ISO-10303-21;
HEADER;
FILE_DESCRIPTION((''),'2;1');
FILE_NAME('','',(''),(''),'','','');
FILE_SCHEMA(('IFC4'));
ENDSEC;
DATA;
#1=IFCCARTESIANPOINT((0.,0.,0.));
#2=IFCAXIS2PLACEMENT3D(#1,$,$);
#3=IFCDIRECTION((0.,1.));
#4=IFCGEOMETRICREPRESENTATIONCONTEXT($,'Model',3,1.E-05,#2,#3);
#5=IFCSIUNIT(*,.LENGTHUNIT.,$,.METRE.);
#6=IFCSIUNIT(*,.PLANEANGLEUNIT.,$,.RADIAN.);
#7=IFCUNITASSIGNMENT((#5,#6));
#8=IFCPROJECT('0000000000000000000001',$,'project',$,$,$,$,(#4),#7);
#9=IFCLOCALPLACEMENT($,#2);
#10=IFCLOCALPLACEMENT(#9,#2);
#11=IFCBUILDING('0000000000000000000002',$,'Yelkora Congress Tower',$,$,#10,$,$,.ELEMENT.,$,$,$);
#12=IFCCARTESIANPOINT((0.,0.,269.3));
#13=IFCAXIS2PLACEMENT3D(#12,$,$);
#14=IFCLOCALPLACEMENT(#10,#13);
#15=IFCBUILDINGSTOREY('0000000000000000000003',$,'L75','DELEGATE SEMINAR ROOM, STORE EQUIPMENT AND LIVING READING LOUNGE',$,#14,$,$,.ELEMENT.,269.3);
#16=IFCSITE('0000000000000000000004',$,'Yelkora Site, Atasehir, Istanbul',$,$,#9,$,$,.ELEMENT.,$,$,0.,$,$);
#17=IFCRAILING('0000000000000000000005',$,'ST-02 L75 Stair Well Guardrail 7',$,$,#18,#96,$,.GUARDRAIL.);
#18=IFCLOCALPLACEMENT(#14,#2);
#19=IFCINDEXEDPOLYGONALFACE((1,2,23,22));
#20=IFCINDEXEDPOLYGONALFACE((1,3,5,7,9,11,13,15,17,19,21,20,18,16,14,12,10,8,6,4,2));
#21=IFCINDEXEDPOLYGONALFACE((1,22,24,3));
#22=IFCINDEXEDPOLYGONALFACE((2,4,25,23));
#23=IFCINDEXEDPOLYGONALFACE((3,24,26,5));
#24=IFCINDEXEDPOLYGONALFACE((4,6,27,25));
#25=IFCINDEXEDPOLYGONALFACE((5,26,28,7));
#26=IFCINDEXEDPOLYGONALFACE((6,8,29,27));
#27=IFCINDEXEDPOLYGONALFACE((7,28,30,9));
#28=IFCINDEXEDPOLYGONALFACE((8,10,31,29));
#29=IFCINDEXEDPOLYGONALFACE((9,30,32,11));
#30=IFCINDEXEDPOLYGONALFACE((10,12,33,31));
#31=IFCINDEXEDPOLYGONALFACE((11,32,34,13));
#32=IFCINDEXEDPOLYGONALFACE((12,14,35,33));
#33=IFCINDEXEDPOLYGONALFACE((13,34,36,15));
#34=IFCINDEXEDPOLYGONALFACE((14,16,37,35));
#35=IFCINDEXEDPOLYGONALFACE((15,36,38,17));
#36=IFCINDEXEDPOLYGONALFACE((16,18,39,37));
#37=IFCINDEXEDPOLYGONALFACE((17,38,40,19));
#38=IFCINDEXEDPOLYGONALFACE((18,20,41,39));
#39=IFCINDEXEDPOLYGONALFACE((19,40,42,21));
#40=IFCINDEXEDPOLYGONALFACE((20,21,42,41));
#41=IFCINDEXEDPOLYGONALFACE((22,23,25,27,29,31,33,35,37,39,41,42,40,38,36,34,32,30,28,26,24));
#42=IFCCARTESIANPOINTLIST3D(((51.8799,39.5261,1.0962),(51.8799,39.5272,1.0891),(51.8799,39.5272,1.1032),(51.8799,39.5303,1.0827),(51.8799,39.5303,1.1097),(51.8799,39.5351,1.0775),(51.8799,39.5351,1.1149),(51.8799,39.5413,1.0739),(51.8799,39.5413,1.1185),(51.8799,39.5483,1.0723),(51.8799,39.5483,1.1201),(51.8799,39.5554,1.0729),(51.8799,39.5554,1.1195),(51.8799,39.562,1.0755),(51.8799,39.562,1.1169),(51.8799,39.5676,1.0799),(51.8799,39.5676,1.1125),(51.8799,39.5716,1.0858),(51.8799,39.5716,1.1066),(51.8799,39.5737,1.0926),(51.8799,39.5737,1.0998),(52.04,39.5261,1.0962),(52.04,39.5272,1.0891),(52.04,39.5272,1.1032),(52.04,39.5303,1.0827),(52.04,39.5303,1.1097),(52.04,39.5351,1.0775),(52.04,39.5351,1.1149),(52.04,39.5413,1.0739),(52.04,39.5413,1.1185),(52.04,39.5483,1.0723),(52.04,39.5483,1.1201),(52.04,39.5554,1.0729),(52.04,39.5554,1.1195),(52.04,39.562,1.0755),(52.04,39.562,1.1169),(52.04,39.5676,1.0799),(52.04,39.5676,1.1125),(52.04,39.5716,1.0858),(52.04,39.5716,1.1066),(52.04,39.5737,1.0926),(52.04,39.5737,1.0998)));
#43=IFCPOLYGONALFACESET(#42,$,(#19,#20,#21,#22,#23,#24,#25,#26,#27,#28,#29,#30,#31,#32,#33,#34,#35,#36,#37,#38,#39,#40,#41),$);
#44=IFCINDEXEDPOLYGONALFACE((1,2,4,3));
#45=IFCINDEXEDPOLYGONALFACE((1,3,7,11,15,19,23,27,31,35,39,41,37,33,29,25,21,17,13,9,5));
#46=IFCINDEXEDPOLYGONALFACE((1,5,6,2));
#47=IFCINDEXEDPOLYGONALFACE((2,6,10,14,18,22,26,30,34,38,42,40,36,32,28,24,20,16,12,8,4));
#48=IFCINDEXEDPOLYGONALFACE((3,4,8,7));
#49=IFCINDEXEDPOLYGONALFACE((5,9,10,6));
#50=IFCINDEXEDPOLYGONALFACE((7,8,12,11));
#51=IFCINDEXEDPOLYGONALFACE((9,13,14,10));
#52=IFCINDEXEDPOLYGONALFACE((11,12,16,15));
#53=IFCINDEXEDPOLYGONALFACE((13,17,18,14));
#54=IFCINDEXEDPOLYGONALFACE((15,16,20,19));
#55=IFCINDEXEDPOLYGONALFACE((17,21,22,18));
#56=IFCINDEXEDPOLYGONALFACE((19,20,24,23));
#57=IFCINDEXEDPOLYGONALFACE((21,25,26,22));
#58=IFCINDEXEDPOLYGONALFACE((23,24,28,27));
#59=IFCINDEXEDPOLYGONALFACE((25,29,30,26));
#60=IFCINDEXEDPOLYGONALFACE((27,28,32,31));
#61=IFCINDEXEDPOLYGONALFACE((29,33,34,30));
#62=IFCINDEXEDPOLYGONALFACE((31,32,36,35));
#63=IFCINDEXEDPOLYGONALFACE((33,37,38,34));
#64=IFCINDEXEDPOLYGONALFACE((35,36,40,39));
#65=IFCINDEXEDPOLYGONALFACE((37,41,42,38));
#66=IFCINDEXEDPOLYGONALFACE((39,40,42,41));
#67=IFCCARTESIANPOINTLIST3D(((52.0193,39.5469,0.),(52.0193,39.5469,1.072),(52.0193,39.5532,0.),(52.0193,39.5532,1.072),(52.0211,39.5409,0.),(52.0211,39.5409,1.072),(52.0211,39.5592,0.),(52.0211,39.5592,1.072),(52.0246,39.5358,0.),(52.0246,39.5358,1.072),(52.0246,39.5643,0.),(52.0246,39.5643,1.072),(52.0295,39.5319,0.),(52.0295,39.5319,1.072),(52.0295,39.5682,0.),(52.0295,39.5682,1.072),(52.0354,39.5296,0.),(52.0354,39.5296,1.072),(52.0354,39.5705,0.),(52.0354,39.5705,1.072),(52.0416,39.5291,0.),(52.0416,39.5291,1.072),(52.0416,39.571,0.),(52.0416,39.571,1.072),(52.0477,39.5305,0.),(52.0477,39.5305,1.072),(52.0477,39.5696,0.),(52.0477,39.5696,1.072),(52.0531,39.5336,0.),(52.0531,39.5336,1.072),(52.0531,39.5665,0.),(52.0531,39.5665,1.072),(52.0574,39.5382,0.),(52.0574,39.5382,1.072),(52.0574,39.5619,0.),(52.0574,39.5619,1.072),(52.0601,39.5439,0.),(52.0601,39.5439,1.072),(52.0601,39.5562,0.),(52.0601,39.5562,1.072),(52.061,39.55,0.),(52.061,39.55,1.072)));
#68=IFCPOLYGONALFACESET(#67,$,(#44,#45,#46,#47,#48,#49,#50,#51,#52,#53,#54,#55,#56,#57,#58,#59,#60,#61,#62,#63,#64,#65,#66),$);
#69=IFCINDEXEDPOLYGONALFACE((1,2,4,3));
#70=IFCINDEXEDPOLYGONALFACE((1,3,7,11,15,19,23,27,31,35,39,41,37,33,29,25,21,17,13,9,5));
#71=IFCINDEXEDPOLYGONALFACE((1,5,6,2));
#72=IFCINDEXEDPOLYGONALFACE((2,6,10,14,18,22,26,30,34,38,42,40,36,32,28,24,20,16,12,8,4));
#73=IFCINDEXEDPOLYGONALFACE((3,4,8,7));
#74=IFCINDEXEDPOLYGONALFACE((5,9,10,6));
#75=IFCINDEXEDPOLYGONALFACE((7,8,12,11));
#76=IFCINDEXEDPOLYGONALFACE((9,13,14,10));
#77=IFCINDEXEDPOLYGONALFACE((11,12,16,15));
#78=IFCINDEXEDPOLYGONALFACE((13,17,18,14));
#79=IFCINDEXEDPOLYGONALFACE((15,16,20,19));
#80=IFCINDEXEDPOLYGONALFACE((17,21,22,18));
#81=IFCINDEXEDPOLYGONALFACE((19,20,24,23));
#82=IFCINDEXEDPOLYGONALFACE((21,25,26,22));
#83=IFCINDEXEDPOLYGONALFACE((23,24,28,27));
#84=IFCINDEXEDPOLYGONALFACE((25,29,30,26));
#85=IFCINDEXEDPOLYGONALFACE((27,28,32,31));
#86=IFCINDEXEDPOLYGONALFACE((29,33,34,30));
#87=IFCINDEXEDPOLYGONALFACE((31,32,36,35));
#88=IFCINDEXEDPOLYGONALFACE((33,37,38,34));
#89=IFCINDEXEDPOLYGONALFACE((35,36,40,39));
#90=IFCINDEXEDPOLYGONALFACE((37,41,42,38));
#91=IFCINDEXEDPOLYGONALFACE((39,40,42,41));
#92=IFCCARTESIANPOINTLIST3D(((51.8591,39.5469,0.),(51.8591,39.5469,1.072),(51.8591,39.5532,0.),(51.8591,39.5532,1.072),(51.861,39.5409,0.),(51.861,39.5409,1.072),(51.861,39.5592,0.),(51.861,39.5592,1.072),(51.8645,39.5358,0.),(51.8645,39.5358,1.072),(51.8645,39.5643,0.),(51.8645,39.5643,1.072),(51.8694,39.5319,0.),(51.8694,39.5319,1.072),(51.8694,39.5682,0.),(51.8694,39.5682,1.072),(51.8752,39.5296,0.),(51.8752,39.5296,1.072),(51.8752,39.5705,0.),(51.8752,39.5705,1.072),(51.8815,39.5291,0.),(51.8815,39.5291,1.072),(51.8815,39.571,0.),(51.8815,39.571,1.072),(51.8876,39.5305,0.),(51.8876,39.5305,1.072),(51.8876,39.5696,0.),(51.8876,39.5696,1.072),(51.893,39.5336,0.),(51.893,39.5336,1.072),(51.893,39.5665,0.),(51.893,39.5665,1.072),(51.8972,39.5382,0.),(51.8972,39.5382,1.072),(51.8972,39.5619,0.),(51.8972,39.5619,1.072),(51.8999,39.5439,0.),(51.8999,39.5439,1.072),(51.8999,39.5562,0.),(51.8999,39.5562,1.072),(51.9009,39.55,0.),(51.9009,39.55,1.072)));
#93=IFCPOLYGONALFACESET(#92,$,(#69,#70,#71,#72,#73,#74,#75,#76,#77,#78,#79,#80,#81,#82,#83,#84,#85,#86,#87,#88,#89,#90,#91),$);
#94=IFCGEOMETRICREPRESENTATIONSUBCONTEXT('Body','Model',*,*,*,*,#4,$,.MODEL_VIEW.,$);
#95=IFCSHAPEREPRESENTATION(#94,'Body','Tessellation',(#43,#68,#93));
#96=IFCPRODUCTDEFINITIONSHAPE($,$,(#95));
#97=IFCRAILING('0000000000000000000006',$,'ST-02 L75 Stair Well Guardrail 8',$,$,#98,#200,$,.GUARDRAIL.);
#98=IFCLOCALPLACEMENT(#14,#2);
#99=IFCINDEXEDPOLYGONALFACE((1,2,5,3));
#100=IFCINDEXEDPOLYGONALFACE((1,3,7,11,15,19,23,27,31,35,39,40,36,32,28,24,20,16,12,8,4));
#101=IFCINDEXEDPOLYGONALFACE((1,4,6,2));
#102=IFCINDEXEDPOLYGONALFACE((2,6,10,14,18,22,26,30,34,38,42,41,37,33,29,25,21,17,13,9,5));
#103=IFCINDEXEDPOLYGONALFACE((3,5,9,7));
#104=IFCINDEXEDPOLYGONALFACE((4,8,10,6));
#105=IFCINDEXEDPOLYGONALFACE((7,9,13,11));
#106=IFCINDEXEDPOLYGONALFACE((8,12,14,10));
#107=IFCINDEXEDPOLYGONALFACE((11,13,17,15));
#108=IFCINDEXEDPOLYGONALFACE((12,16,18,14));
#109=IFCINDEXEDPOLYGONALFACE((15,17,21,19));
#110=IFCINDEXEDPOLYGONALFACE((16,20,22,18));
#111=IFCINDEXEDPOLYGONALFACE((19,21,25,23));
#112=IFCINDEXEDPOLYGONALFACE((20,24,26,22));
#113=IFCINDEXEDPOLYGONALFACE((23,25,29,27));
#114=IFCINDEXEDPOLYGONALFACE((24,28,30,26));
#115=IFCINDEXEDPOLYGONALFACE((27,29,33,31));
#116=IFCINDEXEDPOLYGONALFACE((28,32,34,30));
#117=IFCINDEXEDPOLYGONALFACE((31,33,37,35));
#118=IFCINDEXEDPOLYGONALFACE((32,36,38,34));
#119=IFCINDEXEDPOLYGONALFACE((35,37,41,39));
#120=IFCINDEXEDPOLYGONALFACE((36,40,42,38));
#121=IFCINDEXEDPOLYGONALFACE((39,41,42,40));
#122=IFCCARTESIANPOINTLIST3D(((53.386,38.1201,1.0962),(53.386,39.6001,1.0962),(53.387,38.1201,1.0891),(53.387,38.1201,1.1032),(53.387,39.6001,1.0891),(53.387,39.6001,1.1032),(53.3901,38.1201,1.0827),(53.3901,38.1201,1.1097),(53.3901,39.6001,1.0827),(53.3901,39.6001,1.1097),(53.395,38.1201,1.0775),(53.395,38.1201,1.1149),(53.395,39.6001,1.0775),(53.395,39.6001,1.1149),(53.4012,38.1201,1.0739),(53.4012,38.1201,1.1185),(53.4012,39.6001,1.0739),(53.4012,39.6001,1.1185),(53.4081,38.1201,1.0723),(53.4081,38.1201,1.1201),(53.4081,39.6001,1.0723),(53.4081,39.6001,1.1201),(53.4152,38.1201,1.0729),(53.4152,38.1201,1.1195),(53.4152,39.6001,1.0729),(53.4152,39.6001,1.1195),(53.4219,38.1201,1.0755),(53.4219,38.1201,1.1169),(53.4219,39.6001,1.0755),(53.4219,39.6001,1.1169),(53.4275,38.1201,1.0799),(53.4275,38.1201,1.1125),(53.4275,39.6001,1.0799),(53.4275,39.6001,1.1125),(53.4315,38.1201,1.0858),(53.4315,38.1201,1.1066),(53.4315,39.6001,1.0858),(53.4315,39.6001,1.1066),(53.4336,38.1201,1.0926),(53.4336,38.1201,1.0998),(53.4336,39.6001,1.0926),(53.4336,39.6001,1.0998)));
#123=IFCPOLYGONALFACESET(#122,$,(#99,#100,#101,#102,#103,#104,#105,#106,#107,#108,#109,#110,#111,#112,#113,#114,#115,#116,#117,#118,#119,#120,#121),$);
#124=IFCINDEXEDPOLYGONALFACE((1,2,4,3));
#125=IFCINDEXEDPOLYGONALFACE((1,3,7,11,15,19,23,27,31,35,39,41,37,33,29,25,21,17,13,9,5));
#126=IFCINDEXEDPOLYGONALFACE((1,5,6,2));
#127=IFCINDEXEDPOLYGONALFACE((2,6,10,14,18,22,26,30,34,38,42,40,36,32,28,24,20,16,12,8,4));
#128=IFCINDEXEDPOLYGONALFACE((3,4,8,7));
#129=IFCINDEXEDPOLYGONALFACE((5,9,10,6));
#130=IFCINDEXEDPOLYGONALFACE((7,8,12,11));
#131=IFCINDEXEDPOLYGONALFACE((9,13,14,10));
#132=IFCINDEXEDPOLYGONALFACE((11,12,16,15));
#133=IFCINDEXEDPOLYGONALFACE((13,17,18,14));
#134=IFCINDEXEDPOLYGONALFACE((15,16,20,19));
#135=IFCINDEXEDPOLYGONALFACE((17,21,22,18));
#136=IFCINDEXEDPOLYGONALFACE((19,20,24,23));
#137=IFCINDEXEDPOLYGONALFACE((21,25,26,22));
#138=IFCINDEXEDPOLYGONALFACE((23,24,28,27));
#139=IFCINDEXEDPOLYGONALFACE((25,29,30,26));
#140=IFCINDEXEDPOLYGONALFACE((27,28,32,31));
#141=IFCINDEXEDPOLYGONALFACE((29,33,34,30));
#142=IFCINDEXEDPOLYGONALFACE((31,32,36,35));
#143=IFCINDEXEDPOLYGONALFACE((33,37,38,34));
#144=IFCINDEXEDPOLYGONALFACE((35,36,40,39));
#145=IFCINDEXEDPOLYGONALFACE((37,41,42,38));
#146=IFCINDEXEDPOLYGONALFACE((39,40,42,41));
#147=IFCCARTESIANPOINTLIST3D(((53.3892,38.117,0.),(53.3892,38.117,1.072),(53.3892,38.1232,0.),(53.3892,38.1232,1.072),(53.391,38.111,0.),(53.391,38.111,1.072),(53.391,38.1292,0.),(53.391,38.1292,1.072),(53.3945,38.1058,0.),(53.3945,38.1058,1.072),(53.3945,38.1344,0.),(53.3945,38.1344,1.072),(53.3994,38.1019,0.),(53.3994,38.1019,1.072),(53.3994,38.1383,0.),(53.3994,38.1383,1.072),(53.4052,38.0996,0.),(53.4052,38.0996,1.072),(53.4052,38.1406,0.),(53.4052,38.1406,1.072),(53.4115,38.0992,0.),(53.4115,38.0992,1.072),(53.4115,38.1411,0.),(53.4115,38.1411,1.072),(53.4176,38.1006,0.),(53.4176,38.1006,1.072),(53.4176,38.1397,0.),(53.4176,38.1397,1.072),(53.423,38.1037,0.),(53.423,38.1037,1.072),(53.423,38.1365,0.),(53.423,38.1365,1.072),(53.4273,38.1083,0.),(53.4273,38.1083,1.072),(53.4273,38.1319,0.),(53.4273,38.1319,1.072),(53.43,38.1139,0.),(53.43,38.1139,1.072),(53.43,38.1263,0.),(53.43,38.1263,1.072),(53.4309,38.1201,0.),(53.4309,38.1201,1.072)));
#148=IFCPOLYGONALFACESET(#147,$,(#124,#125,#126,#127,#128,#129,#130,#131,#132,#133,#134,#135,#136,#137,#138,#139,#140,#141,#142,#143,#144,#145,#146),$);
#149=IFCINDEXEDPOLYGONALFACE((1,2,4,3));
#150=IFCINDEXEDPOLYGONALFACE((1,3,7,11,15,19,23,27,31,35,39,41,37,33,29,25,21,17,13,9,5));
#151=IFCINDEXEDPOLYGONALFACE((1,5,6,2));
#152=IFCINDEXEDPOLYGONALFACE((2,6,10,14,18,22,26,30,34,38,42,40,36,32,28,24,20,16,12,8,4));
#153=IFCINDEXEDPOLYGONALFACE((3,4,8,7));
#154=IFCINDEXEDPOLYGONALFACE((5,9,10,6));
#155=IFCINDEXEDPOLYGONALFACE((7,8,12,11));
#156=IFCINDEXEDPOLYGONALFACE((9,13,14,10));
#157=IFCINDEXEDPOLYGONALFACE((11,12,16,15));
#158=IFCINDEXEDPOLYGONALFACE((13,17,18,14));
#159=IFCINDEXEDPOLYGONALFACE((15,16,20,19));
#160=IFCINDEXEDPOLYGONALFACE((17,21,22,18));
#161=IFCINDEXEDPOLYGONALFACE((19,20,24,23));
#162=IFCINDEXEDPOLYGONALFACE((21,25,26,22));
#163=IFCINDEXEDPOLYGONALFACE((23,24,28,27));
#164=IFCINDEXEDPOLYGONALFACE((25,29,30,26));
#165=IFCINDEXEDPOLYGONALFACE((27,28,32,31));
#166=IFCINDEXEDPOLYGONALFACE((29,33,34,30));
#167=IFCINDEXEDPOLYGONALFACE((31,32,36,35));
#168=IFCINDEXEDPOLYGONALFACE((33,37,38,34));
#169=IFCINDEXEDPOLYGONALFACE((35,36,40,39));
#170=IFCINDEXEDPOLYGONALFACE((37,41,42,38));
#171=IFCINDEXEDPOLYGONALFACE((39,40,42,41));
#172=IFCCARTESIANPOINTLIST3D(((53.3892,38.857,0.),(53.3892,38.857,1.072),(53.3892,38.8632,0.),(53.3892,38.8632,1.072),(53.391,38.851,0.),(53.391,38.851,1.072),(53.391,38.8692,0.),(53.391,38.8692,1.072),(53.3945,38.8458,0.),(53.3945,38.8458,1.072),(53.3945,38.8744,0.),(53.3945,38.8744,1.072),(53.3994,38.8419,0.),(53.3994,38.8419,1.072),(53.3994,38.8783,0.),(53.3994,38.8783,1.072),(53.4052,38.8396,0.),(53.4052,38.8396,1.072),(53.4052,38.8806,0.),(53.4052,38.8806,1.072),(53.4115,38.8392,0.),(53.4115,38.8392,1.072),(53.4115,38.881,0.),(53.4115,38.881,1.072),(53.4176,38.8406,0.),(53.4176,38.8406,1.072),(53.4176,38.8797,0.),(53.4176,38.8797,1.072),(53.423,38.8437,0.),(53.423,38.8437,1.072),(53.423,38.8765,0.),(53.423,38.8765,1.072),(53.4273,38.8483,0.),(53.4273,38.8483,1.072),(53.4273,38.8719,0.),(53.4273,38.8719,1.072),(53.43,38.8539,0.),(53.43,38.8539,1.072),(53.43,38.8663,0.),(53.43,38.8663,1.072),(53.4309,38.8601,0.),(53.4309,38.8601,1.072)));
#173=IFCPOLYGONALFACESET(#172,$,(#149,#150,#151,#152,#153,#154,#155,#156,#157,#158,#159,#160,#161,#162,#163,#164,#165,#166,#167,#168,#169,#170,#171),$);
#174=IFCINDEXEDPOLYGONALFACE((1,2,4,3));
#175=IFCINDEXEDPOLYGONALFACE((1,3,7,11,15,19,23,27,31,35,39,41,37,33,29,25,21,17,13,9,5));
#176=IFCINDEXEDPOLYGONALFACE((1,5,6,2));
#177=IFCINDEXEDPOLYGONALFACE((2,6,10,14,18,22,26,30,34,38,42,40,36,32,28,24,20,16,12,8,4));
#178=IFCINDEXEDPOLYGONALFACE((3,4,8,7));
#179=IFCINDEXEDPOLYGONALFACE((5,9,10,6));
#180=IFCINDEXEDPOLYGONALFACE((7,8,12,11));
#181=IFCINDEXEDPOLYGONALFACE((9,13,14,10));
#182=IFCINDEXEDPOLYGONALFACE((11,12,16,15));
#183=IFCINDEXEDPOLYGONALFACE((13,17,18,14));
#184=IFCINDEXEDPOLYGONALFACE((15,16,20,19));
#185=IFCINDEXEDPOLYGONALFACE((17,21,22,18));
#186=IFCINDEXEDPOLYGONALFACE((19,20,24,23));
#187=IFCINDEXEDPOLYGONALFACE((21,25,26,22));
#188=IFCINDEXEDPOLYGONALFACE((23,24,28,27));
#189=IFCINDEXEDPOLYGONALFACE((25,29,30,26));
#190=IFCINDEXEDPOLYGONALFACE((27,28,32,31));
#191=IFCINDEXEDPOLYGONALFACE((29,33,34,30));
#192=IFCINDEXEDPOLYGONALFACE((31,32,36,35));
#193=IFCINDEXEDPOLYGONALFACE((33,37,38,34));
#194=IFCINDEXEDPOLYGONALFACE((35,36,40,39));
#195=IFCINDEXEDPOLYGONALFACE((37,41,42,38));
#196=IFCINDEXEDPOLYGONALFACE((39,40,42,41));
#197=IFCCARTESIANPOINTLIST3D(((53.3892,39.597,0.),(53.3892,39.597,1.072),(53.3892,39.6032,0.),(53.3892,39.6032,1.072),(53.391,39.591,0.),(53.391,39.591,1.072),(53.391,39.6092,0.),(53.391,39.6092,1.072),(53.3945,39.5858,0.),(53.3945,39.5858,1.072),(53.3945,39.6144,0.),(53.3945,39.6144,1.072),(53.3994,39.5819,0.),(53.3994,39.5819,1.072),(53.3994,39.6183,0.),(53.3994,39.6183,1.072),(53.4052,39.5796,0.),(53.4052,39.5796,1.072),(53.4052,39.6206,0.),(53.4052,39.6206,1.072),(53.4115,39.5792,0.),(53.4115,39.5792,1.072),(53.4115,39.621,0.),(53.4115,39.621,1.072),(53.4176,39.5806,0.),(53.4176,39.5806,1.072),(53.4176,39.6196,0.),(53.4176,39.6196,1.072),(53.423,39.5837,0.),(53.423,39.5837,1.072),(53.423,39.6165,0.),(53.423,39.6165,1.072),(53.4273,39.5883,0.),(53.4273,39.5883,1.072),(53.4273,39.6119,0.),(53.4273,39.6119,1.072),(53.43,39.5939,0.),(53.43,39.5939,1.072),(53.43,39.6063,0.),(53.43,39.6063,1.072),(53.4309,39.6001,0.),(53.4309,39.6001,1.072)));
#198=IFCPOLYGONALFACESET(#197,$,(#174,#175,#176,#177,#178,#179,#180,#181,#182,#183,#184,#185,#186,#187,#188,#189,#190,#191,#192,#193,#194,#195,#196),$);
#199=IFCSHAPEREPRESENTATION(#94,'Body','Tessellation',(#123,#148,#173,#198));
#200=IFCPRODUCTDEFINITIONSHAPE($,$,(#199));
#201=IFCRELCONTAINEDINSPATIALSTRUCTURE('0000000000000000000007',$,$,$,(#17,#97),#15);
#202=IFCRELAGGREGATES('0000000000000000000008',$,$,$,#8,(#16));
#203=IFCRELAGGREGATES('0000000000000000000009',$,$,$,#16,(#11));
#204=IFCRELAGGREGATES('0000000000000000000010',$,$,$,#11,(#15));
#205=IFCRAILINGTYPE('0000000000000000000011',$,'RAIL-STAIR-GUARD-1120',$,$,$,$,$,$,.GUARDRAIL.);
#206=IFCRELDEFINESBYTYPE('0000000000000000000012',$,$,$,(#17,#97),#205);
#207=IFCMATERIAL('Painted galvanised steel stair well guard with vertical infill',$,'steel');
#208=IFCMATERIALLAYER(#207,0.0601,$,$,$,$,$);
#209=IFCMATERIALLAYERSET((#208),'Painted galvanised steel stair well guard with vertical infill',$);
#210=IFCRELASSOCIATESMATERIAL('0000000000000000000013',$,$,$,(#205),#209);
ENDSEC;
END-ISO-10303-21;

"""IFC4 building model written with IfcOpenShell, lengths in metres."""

from ifc_helpers import new_model, si_unit, direction, frame, origin, origin_2d, place, context, subcontext, project, spatial, circle, extrude, material, layer, layer_set, type_object, element, save


model = new_model("IFC4")

# Units and contexts
model_context = context("Model", 3, precision=1e-05, world=origin(), true_north=direction((0.0, 1.0)))
body_context = subcontext(model_context, "Body", "Model", "MODEL_VIEW")
ifc_project = project(units=[si_unit("LENGTHUNIT", "METRE"), si_unit("PLANEANGLEUNIT", "RADIAN")], contexts=[model_context])

# Site, building, storey
site_placement = place(None, origin())
site = spatial("IfcSite", under=ifc_project, at=site_placement, Name="Yelkora Site, Atasehir, Istanbul", CompositionType="ELEMENT", RefElevation=0.0)
building_placement = place(site_placement, origin())
building = spatial("IfcBuilding", under=site, at=building_placement, Name="Yelkora Congress Tower", CompositionType="ELEMENT")
storey_placement = place(building_placement, frame((0.0, 0.0, 269.3)))
storey = spatial("IfcBuildingStorey", under=building, at=storey_placement, Name="L75", Description="DELEGATE SEMINAR ROOM, STORE EQUIPMENT AND LIVING READING LOUNGE", CompositionType="ELEMENT", Elevation=269.3)

# Railings
ifc_material_1 = material(Name="Painted galvanised steel stair well guard with vertical infill", Category="steel")
ifc_layer_1 = layer(ifc_material_1, 0.0601)
ifc_layer_set_1 = layer_set([ifc_layer_1], Name="Painted galvanised steel stair well guard with vertical infill")
railing_type_1 = type_object("IfcRailingType", Name="RAIL-STAIR-GUARD-1120", PredefinedType="GUARDRAIL", material=ifc_layer_set_1)
railing_1_placement = place(storey_placement, frame((52.04, 39.55, 0.0)))
element("IfcRailing", 1, at=railing_1_placement, inside=storey, type_object=railing_type_1, Name="ST-02 L75 Stair Well Guardrail 7", PredefinedType="GUARDRAIL", context=body_context, shape_type="SweptSolid", body=[
    extrude(circle(Radius=0.0239, at=origin_2d()), frame((0.0, 0.0, 1.0962), z_axis=(-1.0, 0.0, 0.0), x_axis=(0.0, -1.0, 0.0)), (0.0, 0.0, 1.0), 0.1602),
    extrude(circle(Radius=0.021, at=origin_2d()), origin(), (0.0, 0.0, 1.0), 1.072),
    extrude(circle(Radius=0.021, at=origin_2d()), frame((-0.1602, 0.0, 0.0)), (0.0, 0.0, 1.0), 1.072),
])
for number, where, name in (
    (2, (53.4099, 38.1201, 0.0), "ST-02 L75 Stair Well Guardrail 8"),
):
    element("IfcRailing", number, at=place(storey_placement, frame(where)), inside=storey, type_object=railing_type_1, Name=name, PredefinedType="GUARDRAIL", context=body_context, shape_type="SweptSolid", body=[
        extrude(circle(Radius=0.0239, at=origin_2d()), frame((0.0, 0.0, 1.0962), z_axis=(0.0, 1.0, 0.0), x_axis=(-1.0, 0.0, 0.0)), (0.0, 0.0, 1.0), 1.48),
        extrude(circle(Radius=0.021, at=origin_2d()), origin(), (0.0, 0.0, 1.0), 1.072),
        extrude(circle(Radius=0.021, at=origin_2d()), frame((0.0, 0.74, 0.0)), (0.0, 0.0, 1.0), 1.072),
        extrude(circle(Radius=0.021, at=origin_2d()), frame((0.0, 1.48, 0.0)), (0.0, 0.0, 1.0), 1.072),
    ])

save(model, "model.ifc")
